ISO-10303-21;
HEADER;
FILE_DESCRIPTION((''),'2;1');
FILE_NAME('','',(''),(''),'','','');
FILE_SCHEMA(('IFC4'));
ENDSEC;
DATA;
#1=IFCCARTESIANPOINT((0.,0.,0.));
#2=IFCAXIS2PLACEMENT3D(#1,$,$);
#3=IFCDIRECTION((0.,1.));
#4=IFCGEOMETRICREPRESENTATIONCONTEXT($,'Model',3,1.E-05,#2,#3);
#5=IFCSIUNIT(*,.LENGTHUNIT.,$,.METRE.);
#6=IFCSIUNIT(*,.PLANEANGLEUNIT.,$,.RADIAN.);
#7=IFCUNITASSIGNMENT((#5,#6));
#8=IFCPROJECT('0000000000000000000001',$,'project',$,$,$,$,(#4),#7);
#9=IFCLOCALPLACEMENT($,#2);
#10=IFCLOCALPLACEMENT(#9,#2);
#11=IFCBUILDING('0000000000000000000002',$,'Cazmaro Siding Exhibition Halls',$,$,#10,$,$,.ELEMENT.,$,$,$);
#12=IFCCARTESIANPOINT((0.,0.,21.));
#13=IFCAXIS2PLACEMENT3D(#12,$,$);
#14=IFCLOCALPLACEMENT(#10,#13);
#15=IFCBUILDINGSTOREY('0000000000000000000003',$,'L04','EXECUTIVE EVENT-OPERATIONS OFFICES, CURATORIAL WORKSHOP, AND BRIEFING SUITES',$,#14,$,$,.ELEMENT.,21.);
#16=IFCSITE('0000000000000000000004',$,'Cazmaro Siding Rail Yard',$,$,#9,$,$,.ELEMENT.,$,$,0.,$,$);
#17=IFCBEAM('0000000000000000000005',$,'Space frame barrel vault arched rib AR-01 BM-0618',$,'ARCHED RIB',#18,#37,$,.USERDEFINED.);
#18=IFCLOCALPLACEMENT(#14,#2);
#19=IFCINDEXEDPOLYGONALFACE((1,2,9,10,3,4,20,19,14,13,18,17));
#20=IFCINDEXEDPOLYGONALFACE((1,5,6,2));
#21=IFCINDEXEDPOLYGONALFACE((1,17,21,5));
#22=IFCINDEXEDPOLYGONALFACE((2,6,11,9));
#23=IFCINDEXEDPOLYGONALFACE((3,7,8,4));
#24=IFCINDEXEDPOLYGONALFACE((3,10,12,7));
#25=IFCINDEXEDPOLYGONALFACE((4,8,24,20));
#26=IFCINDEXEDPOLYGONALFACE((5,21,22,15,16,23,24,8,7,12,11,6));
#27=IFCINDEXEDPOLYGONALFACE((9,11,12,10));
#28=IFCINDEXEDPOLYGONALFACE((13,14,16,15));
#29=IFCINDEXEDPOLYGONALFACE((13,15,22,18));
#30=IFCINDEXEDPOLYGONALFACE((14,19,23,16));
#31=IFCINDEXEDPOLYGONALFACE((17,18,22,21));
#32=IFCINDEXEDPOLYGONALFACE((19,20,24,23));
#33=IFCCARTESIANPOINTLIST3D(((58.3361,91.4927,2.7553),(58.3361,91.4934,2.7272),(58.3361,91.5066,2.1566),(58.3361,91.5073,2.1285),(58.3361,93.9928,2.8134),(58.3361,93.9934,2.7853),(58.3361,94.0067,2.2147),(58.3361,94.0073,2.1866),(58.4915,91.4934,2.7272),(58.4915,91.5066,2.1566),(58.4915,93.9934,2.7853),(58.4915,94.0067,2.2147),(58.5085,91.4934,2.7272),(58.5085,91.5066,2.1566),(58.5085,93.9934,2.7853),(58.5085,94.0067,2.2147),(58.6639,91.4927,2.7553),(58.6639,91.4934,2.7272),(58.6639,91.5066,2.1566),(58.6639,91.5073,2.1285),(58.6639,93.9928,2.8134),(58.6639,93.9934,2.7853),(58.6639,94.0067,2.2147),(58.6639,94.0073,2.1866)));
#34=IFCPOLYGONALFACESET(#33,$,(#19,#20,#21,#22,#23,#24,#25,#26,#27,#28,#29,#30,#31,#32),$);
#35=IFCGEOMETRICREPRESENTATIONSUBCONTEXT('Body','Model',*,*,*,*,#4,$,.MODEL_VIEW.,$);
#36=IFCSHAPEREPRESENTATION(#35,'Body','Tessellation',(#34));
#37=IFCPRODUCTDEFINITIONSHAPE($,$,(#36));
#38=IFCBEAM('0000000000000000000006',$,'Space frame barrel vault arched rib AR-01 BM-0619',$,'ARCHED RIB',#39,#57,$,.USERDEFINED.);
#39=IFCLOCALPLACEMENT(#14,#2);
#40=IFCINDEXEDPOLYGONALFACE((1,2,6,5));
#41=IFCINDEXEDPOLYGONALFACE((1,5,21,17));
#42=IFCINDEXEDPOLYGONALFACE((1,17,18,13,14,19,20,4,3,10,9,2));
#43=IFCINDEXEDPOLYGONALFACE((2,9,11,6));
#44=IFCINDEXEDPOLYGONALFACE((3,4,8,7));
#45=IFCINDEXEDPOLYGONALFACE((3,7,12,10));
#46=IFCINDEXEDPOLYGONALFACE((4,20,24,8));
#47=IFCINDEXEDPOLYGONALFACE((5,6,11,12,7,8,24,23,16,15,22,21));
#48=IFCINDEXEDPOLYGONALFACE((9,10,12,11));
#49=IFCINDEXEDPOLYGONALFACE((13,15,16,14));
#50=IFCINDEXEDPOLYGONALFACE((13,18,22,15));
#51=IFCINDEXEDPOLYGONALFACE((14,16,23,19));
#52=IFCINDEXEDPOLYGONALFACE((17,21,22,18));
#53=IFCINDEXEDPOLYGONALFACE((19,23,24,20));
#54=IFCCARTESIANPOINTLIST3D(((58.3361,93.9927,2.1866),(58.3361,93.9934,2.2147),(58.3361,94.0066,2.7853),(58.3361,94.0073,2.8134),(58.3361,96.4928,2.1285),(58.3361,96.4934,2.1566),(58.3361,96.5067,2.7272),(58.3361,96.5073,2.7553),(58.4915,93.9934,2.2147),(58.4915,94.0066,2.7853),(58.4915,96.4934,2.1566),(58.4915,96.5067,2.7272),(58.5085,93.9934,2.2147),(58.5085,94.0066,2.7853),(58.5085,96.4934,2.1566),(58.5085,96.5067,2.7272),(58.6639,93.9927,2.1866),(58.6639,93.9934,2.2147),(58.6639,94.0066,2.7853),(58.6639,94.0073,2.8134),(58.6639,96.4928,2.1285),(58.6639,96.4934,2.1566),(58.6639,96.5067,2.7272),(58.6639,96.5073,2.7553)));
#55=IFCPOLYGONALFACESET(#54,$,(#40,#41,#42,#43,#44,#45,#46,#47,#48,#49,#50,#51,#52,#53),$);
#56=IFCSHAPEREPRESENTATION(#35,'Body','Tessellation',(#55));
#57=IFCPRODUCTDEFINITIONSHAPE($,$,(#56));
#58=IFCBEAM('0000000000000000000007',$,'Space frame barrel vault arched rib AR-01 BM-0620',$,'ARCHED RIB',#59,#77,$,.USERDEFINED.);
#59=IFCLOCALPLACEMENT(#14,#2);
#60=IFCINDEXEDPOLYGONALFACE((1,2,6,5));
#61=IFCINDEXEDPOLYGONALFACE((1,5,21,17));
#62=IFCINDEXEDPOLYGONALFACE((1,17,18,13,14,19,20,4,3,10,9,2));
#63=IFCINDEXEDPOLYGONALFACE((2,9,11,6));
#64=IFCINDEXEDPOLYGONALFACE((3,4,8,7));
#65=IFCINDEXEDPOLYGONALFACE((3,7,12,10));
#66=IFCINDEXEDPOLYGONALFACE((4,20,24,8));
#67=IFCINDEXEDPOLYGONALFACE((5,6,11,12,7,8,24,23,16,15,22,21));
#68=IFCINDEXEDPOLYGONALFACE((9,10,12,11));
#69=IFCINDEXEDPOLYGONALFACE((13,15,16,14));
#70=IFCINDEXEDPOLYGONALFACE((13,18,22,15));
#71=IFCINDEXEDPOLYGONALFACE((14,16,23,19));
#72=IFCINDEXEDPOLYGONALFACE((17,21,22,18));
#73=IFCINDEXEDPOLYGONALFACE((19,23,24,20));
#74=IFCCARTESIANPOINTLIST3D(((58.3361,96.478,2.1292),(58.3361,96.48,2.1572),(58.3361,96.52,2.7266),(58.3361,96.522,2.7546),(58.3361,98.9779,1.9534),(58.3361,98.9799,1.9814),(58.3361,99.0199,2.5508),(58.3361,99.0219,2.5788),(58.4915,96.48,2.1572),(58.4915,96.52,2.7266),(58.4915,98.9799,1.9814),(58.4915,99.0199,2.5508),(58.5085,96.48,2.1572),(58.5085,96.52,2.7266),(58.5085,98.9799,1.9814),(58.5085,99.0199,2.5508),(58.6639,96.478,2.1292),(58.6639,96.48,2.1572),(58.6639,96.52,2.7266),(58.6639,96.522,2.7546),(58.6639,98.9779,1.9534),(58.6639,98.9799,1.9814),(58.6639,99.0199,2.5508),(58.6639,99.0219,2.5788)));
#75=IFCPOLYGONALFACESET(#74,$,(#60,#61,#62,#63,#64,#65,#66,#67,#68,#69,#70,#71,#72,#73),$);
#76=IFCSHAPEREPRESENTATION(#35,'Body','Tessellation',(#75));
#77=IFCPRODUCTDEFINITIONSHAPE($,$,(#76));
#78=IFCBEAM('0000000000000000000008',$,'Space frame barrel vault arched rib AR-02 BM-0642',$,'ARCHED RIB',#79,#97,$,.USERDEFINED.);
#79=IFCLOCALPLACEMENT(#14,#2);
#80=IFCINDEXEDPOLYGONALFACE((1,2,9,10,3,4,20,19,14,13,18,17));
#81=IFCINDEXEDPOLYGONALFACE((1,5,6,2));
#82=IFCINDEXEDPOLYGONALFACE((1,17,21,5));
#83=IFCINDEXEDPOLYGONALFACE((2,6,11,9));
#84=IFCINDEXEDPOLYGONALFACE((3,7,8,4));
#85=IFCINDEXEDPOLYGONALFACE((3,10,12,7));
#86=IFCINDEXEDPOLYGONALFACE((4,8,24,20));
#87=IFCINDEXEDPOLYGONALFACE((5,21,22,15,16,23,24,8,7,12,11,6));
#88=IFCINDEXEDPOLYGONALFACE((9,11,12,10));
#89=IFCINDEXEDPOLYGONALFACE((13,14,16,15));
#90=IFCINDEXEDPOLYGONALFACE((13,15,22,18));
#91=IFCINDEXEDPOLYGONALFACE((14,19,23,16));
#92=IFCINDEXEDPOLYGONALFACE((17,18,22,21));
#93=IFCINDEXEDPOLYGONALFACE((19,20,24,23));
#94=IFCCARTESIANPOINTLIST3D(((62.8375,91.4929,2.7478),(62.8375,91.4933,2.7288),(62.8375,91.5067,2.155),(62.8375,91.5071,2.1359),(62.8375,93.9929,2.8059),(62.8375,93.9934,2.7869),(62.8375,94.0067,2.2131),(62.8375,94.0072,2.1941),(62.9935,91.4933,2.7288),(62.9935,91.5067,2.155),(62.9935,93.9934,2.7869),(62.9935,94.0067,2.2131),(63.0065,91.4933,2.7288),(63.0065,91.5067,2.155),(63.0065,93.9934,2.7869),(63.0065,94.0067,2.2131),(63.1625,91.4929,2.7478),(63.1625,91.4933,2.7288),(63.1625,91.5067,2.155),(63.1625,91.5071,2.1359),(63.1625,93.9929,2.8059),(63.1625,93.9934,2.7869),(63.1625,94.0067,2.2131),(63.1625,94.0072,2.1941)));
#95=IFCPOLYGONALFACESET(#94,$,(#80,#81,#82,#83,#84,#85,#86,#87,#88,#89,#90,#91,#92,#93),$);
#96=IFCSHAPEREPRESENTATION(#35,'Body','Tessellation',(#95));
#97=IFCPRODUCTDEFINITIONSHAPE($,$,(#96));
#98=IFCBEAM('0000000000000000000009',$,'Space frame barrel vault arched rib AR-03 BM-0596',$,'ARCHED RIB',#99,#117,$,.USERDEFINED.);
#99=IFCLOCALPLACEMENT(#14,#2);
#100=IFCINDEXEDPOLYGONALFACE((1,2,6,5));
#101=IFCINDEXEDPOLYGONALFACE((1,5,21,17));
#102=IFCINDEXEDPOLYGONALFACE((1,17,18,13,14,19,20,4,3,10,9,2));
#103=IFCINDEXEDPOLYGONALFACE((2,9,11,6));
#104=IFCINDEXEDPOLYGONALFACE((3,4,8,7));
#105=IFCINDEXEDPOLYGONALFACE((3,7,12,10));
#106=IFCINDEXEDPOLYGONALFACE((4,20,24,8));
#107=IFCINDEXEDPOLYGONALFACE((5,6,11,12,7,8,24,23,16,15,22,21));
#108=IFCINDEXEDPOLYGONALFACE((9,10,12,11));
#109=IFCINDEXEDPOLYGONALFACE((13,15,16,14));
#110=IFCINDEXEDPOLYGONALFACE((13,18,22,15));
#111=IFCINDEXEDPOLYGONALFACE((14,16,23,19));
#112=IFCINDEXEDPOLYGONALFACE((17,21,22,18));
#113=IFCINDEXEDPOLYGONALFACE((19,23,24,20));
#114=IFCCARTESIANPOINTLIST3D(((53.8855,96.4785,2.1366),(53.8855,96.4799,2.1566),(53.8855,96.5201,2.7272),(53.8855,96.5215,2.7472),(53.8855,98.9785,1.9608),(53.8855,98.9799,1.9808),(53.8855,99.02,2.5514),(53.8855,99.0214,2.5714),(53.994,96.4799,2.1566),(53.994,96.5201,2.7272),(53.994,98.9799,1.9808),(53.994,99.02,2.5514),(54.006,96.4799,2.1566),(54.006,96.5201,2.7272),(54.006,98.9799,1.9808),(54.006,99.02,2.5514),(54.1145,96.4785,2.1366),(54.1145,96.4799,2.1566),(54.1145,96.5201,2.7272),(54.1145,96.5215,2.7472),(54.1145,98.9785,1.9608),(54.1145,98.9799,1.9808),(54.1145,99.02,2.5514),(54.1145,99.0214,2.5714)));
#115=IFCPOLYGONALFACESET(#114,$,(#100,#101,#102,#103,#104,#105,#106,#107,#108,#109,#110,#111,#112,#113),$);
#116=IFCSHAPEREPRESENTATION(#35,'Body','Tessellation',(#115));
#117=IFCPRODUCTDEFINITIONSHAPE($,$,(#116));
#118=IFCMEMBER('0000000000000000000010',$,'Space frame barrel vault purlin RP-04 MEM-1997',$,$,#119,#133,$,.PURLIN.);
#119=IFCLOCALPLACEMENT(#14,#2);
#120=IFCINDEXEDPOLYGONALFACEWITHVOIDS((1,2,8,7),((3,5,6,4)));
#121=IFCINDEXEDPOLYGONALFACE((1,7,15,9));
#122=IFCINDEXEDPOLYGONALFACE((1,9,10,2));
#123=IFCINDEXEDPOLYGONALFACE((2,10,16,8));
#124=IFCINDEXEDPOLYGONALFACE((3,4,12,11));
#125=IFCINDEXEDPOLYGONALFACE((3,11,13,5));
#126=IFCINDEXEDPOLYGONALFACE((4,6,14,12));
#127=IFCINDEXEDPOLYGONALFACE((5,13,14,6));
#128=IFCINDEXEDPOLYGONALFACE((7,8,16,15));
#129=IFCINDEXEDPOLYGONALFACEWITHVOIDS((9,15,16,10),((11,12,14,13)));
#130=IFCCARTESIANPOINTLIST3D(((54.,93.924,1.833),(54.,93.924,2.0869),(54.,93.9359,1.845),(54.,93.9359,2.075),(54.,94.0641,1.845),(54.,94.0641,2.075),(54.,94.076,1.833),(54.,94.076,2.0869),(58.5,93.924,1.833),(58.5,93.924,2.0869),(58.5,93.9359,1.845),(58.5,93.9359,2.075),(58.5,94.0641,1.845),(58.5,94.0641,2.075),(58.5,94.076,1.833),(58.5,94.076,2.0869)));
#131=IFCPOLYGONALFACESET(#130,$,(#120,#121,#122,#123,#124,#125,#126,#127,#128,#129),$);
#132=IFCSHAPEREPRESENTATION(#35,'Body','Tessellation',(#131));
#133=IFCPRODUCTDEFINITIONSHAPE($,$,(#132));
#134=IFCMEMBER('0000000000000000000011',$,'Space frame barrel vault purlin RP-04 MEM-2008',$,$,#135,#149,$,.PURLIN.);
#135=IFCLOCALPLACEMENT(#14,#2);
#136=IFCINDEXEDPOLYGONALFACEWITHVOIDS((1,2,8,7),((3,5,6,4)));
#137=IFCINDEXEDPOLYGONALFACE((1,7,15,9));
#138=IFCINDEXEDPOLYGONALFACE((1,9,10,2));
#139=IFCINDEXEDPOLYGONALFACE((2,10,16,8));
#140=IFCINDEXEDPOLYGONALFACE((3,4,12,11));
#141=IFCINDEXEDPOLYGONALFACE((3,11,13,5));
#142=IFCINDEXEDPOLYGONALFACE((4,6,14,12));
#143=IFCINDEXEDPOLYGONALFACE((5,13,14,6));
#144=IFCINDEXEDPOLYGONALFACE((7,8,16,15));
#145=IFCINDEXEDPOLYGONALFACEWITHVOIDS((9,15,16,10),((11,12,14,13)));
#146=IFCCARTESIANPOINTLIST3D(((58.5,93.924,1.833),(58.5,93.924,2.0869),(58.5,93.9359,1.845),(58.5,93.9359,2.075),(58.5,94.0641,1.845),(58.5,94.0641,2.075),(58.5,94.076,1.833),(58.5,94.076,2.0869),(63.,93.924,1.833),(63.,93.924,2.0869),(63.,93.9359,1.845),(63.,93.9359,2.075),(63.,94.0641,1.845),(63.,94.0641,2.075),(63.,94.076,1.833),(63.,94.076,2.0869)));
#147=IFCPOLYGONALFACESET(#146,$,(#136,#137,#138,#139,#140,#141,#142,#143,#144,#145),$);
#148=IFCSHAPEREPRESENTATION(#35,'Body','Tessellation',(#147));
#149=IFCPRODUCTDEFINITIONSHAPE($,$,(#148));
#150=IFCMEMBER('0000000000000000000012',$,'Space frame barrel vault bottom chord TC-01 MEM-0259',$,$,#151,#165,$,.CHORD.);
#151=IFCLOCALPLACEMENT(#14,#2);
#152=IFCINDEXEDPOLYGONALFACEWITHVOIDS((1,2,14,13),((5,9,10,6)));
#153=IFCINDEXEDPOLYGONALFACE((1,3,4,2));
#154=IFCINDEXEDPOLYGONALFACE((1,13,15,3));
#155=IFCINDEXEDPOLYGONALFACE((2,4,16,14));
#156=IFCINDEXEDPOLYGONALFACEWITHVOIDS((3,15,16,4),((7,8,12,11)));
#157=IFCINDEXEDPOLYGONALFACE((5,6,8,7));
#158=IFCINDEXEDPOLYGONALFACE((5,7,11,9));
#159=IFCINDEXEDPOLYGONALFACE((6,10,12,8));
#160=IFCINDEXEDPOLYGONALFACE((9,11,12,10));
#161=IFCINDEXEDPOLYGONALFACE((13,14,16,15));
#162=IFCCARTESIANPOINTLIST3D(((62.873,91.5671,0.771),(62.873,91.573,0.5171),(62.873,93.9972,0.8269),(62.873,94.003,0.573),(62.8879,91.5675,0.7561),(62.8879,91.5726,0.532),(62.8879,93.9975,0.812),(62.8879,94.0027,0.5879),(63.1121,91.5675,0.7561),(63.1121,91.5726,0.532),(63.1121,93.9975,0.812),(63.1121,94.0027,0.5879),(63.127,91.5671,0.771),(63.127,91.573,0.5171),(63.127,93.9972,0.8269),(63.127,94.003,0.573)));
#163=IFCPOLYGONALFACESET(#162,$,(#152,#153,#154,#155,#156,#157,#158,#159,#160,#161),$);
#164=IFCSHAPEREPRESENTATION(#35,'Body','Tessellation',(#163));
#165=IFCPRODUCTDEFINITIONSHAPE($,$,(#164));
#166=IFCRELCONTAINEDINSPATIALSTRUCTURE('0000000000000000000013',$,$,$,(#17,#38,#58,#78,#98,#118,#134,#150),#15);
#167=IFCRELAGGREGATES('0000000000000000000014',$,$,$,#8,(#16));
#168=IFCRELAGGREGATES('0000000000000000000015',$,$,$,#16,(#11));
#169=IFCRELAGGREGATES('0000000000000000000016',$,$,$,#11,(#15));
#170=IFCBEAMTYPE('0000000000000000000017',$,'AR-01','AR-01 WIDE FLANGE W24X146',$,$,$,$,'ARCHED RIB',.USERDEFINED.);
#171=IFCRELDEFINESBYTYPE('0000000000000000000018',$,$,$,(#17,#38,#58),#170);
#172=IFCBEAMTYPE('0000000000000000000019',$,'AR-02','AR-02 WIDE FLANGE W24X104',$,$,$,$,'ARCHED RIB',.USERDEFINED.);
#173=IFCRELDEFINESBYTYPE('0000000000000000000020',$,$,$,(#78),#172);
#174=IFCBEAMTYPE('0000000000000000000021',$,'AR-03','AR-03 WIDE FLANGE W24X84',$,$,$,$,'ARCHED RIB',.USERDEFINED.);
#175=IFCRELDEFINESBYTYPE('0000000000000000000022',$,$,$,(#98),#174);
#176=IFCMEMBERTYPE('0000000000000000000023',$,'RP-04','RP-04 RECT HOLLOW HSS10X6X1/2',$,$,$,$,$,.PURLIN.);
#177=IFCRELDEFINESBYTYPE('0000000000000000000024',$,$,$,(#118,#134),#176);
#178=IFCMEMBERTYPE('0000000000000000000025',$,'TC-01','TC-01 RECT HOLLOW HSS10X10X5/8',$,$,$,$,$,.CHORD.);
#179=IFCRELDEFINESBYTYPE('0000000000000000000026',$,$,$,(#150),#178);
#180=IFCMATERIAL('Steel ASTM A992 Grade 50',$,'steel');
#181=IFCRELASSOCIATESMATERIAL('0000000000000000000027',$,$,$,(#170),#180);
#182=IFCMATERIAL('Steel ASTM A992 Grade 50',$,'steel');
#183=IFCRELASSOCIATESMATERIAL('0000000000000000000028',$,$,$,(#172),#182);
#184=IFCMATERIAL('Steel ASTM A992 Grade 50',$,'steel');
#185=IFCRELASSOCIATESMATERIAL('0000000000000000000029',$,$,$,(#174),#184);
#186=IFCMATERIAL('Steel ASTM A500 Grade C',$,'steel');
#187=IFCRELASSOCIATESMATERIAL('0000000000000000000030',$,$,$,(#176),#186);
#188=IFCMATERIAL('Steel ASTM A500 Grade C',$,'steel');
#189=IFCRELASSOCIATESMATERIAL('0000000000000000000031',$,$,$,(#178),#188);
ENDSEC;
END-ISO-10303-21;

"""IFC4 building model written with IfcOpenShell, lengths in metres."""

from ifc_helpers import new_model, si_unit, direction, frame, origin, origin_2d, place, context, subcontext, project, spatial, hollow_rectangle, i_section, extrude, material, material_profile, profile_set, type_object, element, save


model = new_model("IFC4")

# Units and contexts
model_context = context("Model", 3, precision=1e-05, world=origin(), true_north=direction((0.0, 1.0)))
body_context = subcontext(model_context, "Body", "Model", "MODEL_VIEW")
ifc_project = project(units=[si_unit("LENGTHUNIT", "METRE"), si_unit("PLANEANGLEUNIT", "RADIAN")], contexts=[model_context])

# Site, building, storey
site_placement = place(None, origin())
site = spatial("IfcSite", under=ifc_project, at=site_placement, Name="Cazmaro Siding Rail Yard", CompositionType="ELEMENT", RefElevation=0.0)
building_placement = place(site_placement, origin())
building = spatial("IfcBuilding", under=site, at=building_placement, Name="Cazmaro Siding Exhibition Halls", CompositionType="ELEMENT")
storey_placement = place(building_placement, frame((0.0, 0.0, 21.0)))
storey = spatial("IfcBuildingStorey", under=building, at=storey_placement, Name="L04", Description="EXECUTIVE EVENT-OPERATIONS OFFICES, CURATORIAL WORKSHOP, AND BRIEFING SUITES", CompositionType="ELEMENT", Elevation=21.0)

# Beams
ifc_material_1 = material(Name="Steel ASTM A992 Grade 50", Category="steel")
ifc_material_profile_1 = material_profile(ifc_material_1, i_section(OverallWidth=0.3279, OverallDepth=0.627, WebThickness=0.0171, FlangeThickness=0.0281, at=origin_2d()), Name="W24X146")
ifc_profile_set_1 = profile_set([ifc_material_profile_1], Name="Steel ASTM A992 Grade 50")
beam_type_1 = type_object("IfcBeamType", Name="AR-01", Description="AR-01 WIDE FLANGE W24X146", ElementType="ARCHED RIB", PredefinedType="USERDEFINED", material=ifc_profile_set_1)
for number, where, z_axis, x_axis, name in (
    (1, (58.5, 91.5, 2.4419), (0.0, 0.99973, 0.023236), (-1.0, 0.0, 0.0), "Space frame barrel vault arched rib AR-01 BM-0618"),
    (2, (58.5, 94.0, 2.5), (0.0, 0.99973, -0.023236), (-1.0, 0.0, 0.0), "Space frame barrel vault arched rib AR-01 BM-0619"),
):
    element("IfcBeam", number, at=place(storey_placement, frame(where, z_axis=z_axis, x_axis=x_axis)), inside=storey, type_object=beam_type_1, Name=name, ObjectType="ARCHED RIB", PredefinedType="USERDEFINED", context=body_context, shape_type="SweptSolid", body=[
        extrude(i_section(OverallWidth=0.3279, OverallDepth=0.627, WebThickness=0.0171, FlangeThickness=0.0281, at=origin_2d()), origin(), (0.0, 0.0, 1.0), 2.5007),
    ])
beam_1_placement = place(storey_placement, frame((58.5, 96.5, 2.4419), z_axis=(0.0, 0.997537, -0.070139), x_axis=(-1.0, 0.0, 0.0)))
element("IfcBeam", 3, at=beam_1_placement, inside=storey, type_object=beam_type_1, Name="Space frame barrel vault arched rib AR-01 BM-0620", ObjectType="ARCHED RIB", PredefinedType="USERDEFINED", context=body_context, shape_type="SweptSolid", body=[
    extrude(i_section(OverallWidth=0.3279, OverallDepth=0.627, WebThickness=0.0171, FlangeThickness=0.0281, at=origin_2d()), origin(), (0.0, 0.0, 1.0), 2.5061),
])
ifc_material_2 = material(Name="Steel ASTM A992 Grade 50", Category="steel")
ifc_material_profile_2 = material_profile(ifc_material_2, i_section(OverallWidth=0.325, OverallDepth=0.6121, WebThickness=0.0129, FlangeThickness=0.019, at=origin_2d()), Name="W24X104")
ifc_profile_set_2 = profile_set([ifc_material_profile_2], Name="Steel ASTM A992 Grade 50")
beam_type_2 = type_object("IfcBeamType", Name="AR-02", Description="AR-02 WIDE FLANGE W24X104", ElementType="ARCHED RIB", PredefinedType="USERDEFINED", material=ifc_profile_set_2)
beam_2_placement = place(storey_placement, frame((63.0, 91.5, 2.4419), z_axis=(0.0, 0.99973, 0.023236), x_axis=(-1.0, 0.0, 0.0)))
element("IfcBeam", 4, at=beam_2_placement, inside=storey, type_object=beam_type_2, Name="Space frame barrel vault arched rib AR-02 BM-0642", ObjectType="ARCHED RIB", PredefinedType="USERDEFINED", context=body_context, shape_type="SweptSolid", body=[
    extrude(i_section(OverallWidth=0.325, OverallDepth=0.6121, WebThickness=0.0129, FlangeThickness=0.019, at=origin_2d()), origin(), (0.0, 0.0, 1.0), 2.5007),
])
ifc_material_3 = material(Name="Steel ASTM A992 Grade 50", Category="steel")
ifc_material_profile_3 = material_profile(ifc_material_3, i_section(OverallWidth=0.229, OverallDepth=0.6121, WebThickness=0.012, FlangeThickness=0.02, at=origin_2d()), Name="W24X84")
ifc_profile_set_3 = profile_set([ifc_material_profile_3], Name="Steel ASTM A992 Grade 50")
beam_type_3 = type_object("IfcBeamType", Name="AR-03", Description="AR-03 WIDE FLANGE W24X84", ElementType="ARCHED RIB", PredefinedType="USERDEFINED", material=ifc_profile_set_3)
beam_3_placement = place(storey_placement, frame((54.0, 96.5, 2.4419), z_axis=(0.0, 0.997537, -0.070139), x_axis=(-1.0, 0.0, 0.0)))
element("IfcBeam", 5, at=beam_3_placement, inside=storey, type_object=beam_type_3, Name="Space frame barrel vault arched rib AR-03 BM-0596", ObjectType="ARCHED RIB", PredefinedType="USERDEFINED", context=body_context, shape_type="SweptSolid", body=[
    extrude(i_section(OverallWidth=0.229, OverallDepth=0.6121, WebThickness=0.012, FlangeThickness=0.02, at=origin_2d()), origin(), (0.0, 0.0, 1.0), 2.5061),
])

# Members
ifc_material_4 = material(Name="Steel ASTM A500 Grade C", Category="steel")
ifc_material_profile_4 = material_profile(ifc_material_4, hollow_rectangle(XDim=0.1521, YDim=0.2539, WallThickness=0.012, at=origin_2d()), Name="HSS10X6X1/2")
ifc_profile_set_4 = profile_set([ifc_material_profile_4], Name="Steel ASTM A500 Grade C")
member_type_1 = type_object("IfcMemberType", Name="RP-04", Description="RP-04 RECT HOLLOW HSS10X6X1/2", PredefinedType="PURLIN", material=ifc_profile_set_4)
for number, where, z_axis, x_axis, name in (
    (6, (54.0, 94.0, 1.96), (1.0, 0.0, 0.0), (0.0, 1.0, 0.0), "Space frame barrel vault purlin RP-04 MEM-1997"),
    (7, (58.5, 94.0, 1.96), (1.0, 0.0, 0.0), (0.0, 1.0, 0.0), "Space frame barrel vault purlin RP-04 MEM-2008"),
):
    element("IfcMember", number, at=place(storey_placement, frame(where, z_axis=z_axis, x_axis=x_axis)), inside=storey, type_object=member_type_1, Name=name, PredefinedType="PURLIN", context=body_context, shape_type="SweptSolid", body=[
        extrude(hollow_rectangle(XDim=0.1521, YDim=0.2539, WallThickness=0.012, at=origin_2d()), origin(), (0.0, 0.0, 1.0), 4.5),
    ])
ifc_material_5 = material(Name="Steel ASTM A500 Grade C", Category="steel")
ifc_material_profile_5 = material_profile(ifc_material_5, hollow_rectangle(XDim=0.2539, YDim=0.2539, WallThickness=0.0149, at=origin_2d()), Name="HSS10X10X5/8")
ifc_profile_set_5 = profile_set([ifc_material_profile_5], Name="Steel ASTM A500 Grade C")
member_type_2 = type_object("IfcMemberType", Name="TC-01", Description="TC-01 RECT HOLLOW HSS10X10X5/8", PredefinedType="CHORD", material=ifc_profile_set_5)
member_1_placement = place(storey_placement, frame((63.0, 91.5701, 0.644), z_axis=(0.0, 0.999735, 0.023002), x_axis=(-1.0, 0.0, 0.0)))
element("IfcMember", 8, at=member_1_placement, inside=storey, type_object=member_type_2, Name="Space frame barrel vault bottom chord TC-01 MEM-0259", PredefinedType="CHORD", context=body_context, shape_type="SweptSolid", body=[
    extrude(hollow_rectangle(XDim=0.2539, YDim=0.2539, WallThickness=0.0149, at=origin_2d()), origin(), (0.0, 0.0, 1.0), 2.4307),
])

save(model, "model.ifc")
